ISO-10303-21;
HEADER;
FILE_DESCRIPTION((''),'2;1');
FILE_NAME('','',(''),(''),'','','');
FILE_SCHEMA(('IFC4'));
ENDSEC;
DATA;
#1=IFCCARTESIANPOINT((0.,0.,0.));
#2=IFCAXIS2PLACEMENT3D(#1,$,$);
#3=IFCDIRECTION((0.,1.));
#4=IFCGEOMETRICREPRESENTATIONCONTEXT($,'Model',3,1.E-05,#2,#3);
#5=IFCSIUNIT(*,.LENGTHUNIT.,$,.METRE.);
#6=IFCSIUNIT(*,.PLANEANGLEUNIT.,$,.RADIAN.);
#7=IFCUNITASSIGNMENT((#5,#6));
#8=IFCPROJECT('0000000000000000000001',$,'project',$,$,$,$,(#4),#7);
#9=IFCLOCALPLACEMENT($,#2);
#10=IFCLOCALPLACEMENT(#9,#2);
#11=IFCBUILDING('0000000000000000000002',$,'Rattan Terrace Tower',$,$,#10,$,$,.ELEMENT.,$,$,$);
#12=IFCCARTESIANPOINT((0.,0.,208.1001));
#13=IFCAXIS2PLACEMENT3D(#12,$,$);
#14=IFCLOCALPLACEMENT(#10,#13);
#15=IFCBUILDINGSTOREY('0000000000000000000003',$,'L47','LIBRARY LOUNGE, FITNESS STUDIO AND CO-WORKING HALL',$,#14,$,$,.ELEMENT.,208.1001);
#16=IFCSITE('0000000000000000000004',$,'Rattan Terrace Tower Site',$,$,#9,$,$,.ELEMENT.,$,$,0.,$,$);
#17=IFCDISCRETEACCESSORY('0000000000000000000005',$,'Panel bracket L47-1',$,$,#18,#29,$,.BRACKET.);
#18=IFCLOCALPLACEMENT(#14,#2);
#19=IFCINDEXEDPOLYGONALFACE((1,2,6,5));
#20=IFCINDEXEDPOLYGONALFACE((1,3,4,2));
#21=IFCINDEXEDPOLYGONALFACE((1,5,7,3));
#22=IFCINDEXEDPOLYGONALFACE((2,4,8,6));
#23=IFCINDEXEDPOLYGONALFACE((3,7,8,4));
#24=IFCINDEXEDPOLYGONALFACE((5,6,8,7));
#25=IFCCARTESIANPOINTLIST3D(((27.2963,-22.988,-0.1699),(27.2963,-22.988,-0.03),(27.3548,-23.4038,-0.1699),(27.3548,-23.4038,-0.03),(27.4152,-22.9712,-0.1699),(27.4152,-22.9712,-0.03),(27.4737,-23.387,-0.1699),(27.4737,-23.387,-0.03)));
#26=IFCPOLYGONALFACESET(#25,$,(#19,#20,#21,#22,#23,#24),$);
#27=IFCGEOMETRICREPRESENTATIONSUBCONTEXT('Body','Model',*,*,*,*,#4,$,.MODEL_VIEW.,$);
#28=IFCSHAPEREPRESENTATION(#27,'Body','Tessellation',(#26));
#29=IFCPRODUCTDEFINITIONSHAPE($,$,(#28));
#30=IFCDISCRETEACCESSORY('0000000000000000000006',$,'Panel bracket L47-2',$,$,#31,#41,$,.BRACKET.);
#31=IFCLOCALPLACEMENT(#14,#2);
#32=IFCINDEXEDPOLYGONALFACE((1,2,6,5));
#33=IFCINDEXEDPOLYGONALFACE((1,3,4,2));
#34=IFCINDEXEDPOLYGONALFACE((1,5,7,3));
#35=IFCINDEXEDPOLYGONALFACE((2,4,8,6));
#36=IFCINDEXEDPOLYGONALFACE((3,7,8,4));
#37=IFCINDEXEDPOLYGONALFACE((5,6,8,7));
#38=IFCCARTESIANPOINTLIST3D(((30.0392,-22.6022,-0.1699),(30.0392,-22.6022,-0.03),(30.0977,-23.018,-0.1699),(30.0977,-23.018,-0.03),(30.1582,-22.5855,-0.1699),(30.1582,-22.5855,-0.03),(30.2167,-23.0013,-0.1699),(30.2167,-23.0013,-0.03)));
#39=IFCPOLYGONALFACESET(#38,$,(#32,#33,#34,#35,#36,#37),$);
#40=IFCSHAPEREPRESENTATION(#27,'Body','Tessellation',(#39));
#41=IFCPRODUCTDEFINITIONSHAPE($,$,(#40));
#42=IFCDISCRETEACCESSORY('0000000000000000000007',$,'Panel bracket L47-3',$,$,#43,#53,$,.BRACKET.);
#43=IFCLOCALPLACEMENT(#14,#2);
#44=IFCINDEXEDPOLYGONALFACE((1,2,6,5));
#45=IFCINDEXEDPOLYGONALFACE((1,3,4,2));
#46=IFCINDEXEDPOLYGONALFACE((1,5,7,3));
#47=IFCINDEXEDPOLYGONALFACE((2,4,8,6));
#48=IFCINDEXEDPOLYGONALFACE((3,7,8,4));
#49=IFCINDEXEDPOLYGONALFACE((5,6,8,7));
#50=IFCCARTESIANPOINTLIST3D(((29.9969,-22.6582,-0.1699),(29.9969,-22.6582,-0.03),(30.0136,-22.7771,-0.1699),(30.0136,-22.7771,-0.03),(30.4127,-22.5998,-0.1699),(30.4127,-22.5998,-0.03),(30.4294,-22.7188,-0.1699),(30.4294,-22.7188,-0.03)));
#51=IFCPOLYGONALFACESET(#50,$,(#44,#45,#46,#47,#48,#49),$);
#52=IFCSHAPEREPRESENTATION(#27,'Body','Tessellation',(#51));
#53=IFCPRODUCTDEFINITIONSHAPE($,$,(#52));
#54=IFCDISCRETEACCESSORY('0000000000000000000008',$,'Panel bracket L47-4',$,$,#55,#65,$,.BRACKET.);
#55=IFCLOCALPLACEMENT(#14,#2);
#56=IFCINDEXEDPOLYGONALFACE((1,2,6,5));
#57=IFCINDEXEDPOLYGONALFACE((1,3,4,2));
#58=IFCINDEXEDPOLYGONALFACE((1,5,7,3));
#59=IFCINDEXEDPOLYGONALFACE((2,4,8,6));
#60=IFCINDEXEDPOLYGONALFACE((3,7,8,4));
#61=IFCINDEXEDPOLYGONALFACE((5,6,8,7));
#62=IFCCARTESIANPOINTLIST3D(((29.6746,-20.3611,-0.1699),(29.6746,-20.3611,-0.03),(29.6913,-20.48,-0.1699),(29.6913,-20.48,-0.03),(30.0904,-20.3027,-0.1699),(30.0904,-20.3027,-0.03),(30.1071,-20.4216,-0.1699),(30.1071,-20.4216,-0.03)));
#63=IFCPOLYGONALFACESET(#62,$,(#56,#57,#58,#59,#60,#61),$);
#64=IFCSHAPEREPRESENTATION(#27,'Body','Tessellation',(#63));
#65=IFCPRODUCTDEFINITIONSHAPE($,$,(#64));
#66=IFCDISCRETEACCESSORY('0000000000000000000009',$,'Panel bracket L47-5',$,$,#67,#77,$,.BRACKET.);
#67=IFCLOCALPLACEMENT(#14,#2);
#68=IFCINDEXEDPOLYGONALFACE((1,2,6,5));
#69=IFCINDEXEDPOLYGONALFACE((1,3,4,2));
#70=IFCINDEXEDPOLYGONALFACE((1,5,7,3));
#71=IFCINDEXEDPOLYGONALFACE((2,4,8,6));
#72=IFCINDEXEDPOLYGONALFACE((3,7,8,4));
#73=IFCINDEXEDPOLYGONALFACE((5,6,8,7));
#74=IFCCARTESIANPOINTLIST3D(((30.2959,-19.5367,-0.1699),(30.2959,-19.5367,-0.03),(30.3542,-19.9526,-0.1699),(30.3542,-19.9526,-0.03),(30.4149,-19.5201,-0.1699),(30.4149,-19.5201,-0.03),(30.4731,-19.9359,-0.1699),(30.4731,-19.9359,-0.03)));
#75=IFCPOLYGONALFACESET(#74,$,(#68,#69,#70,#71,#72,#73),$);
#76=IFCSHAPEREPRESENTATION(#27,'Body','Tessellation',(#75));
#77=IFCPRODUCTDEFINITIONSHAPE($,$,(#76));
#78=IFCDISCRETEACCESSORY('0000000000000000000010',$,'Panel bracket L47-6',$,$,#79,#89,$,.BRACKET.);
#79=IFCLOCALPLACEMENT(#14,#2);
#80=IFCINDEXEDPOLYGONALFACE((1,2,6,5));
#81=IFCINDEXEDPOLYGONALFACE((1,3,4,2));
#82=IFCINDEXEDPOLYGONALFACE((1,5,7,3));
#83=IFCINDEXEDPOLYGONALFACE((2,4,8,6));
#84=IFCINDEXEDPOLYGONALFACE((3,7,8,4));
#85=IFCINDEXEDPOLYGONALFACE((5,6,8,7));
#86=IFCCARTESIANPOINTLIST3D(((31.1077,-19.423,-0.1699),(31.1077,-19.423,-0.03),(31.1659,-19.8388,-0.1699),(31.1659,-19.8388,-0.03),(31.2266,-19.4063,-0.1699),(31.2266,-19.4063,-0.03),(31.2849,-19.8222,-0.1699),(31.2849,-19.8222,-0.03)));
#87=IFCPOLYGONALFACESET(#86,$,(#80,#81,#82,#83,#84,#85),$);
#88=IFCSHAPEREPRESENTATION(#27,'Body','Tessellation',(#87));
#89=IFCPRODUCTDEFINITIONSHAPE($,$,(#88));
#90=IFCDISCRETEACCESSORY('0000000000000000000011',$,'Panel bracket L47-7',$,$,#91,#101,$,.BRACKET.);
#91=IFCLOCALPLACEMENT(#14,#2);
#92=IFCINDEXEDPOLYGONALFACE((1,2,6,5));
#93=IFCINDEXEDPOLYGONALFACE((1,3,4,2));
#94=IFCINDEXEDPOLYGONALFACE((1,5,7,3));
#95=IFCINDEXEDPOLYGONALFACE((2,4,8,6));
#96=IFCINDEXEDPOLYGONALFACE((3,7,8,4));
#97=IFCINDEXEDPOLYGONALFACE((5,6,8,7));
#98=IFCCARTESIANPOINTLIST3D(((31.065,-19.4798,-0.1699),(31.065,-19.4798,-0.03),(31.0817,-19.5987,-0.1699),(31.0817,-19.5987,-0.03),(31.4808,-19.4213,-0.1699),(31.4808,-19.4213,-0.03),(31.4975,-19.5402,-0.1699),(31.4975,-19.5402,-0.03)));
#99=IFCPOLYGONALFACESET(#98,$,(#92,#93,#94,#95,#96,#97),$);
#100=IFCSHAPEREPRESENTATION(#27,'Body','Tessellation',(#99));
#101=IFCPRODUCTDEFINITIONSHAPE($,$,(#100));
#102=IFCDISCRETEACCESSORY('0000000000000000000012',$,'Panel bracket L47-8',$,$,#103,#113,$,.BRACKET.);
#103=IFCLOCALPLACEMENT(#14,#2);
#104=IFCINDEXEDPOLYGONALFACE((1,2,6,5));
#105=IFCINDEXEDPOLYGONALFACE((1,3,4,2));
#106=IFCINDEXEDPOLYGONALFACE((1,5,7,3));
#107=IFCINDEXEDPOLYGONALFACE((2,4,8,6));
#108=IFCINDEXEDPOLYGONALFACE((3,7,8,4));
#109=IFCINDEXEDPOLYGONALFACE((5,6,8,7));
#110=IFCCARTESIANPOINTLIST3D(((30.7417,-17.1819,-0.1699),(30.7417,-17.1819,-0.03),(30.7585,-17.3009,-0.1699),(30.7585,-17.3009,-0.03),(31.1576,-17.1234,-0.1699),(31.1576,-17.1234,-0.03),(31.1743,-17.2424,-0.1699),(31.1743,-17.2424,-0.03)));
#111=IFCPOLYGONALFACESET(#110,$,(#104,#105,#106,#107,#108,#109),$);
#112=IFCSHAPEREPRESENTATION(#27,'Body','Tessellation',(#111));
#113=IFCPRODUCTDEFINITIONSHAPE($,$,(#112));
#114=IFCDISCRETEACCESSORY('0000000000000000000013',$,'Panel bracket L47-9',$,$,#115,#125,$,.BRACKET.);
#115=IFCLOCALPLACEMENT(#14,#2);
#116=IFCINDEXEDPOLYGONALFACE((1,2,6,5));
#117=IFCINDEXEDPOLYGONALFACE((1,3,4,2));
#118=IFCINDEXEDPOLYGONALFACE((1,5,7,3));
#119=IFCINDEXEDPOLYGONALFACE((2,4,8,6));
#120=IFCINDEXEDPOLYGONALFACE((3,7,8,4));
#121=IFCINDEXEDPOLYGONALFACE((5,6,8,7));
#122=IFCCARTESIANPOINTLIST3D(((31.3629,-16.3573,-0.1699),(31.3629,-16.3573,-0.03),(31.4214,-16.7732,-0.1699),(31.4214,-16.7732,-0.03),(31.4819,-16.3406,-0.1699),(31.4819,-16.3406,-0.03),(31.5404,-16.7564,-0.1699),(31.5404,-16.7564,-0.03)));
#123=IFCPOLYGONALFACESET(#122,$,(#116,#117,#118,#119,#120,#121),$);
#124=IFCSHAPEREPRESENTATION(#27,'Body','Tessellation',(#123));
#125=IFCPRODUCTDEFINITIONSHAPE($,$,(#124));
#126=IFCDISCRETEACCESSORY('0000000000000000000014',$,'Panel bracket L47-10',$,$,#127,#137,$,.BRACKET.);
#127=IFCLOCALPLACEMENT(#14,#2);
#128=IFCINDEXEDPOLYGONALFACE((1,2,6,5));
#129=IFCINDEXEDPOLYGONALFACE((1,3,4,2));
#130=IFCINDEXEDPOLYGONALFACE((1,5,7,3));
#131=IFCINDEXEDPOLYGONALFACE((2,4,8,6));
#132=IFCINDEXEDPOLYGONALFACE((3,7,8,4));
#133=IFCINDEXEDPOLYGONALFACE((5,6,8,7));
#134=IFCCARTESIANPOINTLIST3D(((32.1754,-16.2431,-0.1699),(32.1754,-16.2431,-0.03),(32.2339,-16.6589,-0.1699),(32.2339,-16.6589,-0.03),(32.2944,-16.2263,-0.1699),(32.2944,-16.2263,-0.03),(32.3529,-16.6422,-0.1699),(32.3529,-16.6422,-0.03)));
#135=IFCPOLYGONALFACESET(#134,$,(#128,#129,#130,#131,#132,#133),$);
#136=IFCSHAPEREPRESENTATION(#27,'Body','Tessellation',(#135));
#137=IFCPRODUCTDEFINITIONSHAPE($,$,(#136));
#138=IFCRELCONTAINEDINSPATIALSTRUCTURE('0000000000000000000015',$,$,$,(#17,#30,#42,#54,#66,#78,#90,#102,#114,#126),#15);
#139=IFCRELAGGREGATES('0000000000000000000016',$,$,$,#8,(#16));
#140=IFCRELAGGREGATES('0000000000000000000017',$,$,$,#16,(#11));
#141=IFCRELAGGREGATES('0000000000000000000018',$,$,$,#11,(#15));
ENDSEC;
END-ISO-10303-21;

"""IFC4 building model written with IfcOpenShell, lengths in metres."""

from ifc_helpers import new_model, si_unit, direction, frame, origin, origin_2d, place, context, subcontext, project, spatial, rectangle, extrude, element, save


model = new_model("IFC4")

# Units and contexts
model_context = context("Model", 3, precision=1e-05, world=origin(), true_north=direction((0.0, 1.0)))
body_context = subcontext(model_context, "Body", "Model", "MODEL_VIEW")
ifc_project = project(units=[si_unit("LENGTHUNIT", "METRE"), si_unit("PLANEANGLEUNIT", "RADIAN")], contexts=[model_context])

# Site, building, storey
site_placement = place(None, origin())
site = spatial("IfcSite", under=ifc_project, at=site_placement, Name="Rattan Terrace Tower Site", CompositionType="ELEMENT", RefElevation=0.0)
building_placement = place(site_placement, origin())
building = spatial("IfcBuilding", under=site, at=building_placement, Name="Rattan Terrace Tower", CompositionType="ELEMENT")
storey_placement = place(building_placement, frame((0.0, 0.0, 208.1001)))
storey = spatial("IfcBuildingStorey", under=building, at=storey_placement, Name="L47", Description="LIBRARY LOUNGE, FITNESS STUDIO AND CO-WORKING HALL", CompositionType="ELEMENT", Elevation=208.1001)

# Discrete accessories
for number, where, z_axis, x_axis, name in (
    (1, (27.385, -23.1875, -0.1699), (0.0, 0.0, 1.0), (0.990247, 0.139321, 0.0), "Panel bracket L47-1"),
    (2, (30.1279, -22.8018, -0.1699), (0.0, 0.0, 1.0), (0.990247, 0.139321, 0.0), "Panel bracket L47-2"),
    (3, (30.2131, -22.6885, -0.1699), (0.0, 0.0, 1.0), (-0.138994, 0.990293, 0.0), "Panel bracket L47-3"),
    (4, (29.8909, -20.3914, -0.1699), (0.0, 0.0, 1.0), (-0.138994, 0.990293, 0.0), "Panel bracket L47-4"),
    (5, (30.3845, -19.7363, -0.1699), (0.0, 0.0, 1.0), (0.990333, 0.138713, 0.0), "Panel bracket L47-5"),
    (6, (31.1963, -19.6226, -0.1699), (0.0, 0.0, 1.0), (0.990333, 0.138713, 0.0), "Panel bracket L47-6"),
    (7, (31.2812, -19.51, -0.1699), (0.0, 0.0, 1.0), (-0.139321, 0.990247, 0.0), "Panel bracket L47-7"),
    (8, (30.958, -17.2122, -0.1699), (0.0, 0.0, 1.0), (-0.139321, 0.990247, 0.0), "Panel bracket L47-8"),
    (9, (31.4517, -16.5569, -0.1699), (0.0, 0.0, 1.0), (0.990254, 0.139275, 0.0), "Panel bracket L47-9"),
    (10, (32.2642, -16.4426, -0.1699), (0.0, 0.0, 1.0), (0.990254, 0.139275, 0.0), "Panel bracket L47-10"),
):
    element("IfcDiscreteAccessory", number, at=place(storey_placement, frame(where, z_axis=z_axis, x_axis=x_axis)), inside=storey, Name=name, PredefinedType="BRACKET", context=body_context, shape_type="SweptSolid", body=[
        extrude(rectangle(XDim=0.1201, YDim=0.4199, at=origin_2d()), origin(), (0.0, 0.0, 1.0), 0.1399),
    ])

save(model, "model.ifc")
